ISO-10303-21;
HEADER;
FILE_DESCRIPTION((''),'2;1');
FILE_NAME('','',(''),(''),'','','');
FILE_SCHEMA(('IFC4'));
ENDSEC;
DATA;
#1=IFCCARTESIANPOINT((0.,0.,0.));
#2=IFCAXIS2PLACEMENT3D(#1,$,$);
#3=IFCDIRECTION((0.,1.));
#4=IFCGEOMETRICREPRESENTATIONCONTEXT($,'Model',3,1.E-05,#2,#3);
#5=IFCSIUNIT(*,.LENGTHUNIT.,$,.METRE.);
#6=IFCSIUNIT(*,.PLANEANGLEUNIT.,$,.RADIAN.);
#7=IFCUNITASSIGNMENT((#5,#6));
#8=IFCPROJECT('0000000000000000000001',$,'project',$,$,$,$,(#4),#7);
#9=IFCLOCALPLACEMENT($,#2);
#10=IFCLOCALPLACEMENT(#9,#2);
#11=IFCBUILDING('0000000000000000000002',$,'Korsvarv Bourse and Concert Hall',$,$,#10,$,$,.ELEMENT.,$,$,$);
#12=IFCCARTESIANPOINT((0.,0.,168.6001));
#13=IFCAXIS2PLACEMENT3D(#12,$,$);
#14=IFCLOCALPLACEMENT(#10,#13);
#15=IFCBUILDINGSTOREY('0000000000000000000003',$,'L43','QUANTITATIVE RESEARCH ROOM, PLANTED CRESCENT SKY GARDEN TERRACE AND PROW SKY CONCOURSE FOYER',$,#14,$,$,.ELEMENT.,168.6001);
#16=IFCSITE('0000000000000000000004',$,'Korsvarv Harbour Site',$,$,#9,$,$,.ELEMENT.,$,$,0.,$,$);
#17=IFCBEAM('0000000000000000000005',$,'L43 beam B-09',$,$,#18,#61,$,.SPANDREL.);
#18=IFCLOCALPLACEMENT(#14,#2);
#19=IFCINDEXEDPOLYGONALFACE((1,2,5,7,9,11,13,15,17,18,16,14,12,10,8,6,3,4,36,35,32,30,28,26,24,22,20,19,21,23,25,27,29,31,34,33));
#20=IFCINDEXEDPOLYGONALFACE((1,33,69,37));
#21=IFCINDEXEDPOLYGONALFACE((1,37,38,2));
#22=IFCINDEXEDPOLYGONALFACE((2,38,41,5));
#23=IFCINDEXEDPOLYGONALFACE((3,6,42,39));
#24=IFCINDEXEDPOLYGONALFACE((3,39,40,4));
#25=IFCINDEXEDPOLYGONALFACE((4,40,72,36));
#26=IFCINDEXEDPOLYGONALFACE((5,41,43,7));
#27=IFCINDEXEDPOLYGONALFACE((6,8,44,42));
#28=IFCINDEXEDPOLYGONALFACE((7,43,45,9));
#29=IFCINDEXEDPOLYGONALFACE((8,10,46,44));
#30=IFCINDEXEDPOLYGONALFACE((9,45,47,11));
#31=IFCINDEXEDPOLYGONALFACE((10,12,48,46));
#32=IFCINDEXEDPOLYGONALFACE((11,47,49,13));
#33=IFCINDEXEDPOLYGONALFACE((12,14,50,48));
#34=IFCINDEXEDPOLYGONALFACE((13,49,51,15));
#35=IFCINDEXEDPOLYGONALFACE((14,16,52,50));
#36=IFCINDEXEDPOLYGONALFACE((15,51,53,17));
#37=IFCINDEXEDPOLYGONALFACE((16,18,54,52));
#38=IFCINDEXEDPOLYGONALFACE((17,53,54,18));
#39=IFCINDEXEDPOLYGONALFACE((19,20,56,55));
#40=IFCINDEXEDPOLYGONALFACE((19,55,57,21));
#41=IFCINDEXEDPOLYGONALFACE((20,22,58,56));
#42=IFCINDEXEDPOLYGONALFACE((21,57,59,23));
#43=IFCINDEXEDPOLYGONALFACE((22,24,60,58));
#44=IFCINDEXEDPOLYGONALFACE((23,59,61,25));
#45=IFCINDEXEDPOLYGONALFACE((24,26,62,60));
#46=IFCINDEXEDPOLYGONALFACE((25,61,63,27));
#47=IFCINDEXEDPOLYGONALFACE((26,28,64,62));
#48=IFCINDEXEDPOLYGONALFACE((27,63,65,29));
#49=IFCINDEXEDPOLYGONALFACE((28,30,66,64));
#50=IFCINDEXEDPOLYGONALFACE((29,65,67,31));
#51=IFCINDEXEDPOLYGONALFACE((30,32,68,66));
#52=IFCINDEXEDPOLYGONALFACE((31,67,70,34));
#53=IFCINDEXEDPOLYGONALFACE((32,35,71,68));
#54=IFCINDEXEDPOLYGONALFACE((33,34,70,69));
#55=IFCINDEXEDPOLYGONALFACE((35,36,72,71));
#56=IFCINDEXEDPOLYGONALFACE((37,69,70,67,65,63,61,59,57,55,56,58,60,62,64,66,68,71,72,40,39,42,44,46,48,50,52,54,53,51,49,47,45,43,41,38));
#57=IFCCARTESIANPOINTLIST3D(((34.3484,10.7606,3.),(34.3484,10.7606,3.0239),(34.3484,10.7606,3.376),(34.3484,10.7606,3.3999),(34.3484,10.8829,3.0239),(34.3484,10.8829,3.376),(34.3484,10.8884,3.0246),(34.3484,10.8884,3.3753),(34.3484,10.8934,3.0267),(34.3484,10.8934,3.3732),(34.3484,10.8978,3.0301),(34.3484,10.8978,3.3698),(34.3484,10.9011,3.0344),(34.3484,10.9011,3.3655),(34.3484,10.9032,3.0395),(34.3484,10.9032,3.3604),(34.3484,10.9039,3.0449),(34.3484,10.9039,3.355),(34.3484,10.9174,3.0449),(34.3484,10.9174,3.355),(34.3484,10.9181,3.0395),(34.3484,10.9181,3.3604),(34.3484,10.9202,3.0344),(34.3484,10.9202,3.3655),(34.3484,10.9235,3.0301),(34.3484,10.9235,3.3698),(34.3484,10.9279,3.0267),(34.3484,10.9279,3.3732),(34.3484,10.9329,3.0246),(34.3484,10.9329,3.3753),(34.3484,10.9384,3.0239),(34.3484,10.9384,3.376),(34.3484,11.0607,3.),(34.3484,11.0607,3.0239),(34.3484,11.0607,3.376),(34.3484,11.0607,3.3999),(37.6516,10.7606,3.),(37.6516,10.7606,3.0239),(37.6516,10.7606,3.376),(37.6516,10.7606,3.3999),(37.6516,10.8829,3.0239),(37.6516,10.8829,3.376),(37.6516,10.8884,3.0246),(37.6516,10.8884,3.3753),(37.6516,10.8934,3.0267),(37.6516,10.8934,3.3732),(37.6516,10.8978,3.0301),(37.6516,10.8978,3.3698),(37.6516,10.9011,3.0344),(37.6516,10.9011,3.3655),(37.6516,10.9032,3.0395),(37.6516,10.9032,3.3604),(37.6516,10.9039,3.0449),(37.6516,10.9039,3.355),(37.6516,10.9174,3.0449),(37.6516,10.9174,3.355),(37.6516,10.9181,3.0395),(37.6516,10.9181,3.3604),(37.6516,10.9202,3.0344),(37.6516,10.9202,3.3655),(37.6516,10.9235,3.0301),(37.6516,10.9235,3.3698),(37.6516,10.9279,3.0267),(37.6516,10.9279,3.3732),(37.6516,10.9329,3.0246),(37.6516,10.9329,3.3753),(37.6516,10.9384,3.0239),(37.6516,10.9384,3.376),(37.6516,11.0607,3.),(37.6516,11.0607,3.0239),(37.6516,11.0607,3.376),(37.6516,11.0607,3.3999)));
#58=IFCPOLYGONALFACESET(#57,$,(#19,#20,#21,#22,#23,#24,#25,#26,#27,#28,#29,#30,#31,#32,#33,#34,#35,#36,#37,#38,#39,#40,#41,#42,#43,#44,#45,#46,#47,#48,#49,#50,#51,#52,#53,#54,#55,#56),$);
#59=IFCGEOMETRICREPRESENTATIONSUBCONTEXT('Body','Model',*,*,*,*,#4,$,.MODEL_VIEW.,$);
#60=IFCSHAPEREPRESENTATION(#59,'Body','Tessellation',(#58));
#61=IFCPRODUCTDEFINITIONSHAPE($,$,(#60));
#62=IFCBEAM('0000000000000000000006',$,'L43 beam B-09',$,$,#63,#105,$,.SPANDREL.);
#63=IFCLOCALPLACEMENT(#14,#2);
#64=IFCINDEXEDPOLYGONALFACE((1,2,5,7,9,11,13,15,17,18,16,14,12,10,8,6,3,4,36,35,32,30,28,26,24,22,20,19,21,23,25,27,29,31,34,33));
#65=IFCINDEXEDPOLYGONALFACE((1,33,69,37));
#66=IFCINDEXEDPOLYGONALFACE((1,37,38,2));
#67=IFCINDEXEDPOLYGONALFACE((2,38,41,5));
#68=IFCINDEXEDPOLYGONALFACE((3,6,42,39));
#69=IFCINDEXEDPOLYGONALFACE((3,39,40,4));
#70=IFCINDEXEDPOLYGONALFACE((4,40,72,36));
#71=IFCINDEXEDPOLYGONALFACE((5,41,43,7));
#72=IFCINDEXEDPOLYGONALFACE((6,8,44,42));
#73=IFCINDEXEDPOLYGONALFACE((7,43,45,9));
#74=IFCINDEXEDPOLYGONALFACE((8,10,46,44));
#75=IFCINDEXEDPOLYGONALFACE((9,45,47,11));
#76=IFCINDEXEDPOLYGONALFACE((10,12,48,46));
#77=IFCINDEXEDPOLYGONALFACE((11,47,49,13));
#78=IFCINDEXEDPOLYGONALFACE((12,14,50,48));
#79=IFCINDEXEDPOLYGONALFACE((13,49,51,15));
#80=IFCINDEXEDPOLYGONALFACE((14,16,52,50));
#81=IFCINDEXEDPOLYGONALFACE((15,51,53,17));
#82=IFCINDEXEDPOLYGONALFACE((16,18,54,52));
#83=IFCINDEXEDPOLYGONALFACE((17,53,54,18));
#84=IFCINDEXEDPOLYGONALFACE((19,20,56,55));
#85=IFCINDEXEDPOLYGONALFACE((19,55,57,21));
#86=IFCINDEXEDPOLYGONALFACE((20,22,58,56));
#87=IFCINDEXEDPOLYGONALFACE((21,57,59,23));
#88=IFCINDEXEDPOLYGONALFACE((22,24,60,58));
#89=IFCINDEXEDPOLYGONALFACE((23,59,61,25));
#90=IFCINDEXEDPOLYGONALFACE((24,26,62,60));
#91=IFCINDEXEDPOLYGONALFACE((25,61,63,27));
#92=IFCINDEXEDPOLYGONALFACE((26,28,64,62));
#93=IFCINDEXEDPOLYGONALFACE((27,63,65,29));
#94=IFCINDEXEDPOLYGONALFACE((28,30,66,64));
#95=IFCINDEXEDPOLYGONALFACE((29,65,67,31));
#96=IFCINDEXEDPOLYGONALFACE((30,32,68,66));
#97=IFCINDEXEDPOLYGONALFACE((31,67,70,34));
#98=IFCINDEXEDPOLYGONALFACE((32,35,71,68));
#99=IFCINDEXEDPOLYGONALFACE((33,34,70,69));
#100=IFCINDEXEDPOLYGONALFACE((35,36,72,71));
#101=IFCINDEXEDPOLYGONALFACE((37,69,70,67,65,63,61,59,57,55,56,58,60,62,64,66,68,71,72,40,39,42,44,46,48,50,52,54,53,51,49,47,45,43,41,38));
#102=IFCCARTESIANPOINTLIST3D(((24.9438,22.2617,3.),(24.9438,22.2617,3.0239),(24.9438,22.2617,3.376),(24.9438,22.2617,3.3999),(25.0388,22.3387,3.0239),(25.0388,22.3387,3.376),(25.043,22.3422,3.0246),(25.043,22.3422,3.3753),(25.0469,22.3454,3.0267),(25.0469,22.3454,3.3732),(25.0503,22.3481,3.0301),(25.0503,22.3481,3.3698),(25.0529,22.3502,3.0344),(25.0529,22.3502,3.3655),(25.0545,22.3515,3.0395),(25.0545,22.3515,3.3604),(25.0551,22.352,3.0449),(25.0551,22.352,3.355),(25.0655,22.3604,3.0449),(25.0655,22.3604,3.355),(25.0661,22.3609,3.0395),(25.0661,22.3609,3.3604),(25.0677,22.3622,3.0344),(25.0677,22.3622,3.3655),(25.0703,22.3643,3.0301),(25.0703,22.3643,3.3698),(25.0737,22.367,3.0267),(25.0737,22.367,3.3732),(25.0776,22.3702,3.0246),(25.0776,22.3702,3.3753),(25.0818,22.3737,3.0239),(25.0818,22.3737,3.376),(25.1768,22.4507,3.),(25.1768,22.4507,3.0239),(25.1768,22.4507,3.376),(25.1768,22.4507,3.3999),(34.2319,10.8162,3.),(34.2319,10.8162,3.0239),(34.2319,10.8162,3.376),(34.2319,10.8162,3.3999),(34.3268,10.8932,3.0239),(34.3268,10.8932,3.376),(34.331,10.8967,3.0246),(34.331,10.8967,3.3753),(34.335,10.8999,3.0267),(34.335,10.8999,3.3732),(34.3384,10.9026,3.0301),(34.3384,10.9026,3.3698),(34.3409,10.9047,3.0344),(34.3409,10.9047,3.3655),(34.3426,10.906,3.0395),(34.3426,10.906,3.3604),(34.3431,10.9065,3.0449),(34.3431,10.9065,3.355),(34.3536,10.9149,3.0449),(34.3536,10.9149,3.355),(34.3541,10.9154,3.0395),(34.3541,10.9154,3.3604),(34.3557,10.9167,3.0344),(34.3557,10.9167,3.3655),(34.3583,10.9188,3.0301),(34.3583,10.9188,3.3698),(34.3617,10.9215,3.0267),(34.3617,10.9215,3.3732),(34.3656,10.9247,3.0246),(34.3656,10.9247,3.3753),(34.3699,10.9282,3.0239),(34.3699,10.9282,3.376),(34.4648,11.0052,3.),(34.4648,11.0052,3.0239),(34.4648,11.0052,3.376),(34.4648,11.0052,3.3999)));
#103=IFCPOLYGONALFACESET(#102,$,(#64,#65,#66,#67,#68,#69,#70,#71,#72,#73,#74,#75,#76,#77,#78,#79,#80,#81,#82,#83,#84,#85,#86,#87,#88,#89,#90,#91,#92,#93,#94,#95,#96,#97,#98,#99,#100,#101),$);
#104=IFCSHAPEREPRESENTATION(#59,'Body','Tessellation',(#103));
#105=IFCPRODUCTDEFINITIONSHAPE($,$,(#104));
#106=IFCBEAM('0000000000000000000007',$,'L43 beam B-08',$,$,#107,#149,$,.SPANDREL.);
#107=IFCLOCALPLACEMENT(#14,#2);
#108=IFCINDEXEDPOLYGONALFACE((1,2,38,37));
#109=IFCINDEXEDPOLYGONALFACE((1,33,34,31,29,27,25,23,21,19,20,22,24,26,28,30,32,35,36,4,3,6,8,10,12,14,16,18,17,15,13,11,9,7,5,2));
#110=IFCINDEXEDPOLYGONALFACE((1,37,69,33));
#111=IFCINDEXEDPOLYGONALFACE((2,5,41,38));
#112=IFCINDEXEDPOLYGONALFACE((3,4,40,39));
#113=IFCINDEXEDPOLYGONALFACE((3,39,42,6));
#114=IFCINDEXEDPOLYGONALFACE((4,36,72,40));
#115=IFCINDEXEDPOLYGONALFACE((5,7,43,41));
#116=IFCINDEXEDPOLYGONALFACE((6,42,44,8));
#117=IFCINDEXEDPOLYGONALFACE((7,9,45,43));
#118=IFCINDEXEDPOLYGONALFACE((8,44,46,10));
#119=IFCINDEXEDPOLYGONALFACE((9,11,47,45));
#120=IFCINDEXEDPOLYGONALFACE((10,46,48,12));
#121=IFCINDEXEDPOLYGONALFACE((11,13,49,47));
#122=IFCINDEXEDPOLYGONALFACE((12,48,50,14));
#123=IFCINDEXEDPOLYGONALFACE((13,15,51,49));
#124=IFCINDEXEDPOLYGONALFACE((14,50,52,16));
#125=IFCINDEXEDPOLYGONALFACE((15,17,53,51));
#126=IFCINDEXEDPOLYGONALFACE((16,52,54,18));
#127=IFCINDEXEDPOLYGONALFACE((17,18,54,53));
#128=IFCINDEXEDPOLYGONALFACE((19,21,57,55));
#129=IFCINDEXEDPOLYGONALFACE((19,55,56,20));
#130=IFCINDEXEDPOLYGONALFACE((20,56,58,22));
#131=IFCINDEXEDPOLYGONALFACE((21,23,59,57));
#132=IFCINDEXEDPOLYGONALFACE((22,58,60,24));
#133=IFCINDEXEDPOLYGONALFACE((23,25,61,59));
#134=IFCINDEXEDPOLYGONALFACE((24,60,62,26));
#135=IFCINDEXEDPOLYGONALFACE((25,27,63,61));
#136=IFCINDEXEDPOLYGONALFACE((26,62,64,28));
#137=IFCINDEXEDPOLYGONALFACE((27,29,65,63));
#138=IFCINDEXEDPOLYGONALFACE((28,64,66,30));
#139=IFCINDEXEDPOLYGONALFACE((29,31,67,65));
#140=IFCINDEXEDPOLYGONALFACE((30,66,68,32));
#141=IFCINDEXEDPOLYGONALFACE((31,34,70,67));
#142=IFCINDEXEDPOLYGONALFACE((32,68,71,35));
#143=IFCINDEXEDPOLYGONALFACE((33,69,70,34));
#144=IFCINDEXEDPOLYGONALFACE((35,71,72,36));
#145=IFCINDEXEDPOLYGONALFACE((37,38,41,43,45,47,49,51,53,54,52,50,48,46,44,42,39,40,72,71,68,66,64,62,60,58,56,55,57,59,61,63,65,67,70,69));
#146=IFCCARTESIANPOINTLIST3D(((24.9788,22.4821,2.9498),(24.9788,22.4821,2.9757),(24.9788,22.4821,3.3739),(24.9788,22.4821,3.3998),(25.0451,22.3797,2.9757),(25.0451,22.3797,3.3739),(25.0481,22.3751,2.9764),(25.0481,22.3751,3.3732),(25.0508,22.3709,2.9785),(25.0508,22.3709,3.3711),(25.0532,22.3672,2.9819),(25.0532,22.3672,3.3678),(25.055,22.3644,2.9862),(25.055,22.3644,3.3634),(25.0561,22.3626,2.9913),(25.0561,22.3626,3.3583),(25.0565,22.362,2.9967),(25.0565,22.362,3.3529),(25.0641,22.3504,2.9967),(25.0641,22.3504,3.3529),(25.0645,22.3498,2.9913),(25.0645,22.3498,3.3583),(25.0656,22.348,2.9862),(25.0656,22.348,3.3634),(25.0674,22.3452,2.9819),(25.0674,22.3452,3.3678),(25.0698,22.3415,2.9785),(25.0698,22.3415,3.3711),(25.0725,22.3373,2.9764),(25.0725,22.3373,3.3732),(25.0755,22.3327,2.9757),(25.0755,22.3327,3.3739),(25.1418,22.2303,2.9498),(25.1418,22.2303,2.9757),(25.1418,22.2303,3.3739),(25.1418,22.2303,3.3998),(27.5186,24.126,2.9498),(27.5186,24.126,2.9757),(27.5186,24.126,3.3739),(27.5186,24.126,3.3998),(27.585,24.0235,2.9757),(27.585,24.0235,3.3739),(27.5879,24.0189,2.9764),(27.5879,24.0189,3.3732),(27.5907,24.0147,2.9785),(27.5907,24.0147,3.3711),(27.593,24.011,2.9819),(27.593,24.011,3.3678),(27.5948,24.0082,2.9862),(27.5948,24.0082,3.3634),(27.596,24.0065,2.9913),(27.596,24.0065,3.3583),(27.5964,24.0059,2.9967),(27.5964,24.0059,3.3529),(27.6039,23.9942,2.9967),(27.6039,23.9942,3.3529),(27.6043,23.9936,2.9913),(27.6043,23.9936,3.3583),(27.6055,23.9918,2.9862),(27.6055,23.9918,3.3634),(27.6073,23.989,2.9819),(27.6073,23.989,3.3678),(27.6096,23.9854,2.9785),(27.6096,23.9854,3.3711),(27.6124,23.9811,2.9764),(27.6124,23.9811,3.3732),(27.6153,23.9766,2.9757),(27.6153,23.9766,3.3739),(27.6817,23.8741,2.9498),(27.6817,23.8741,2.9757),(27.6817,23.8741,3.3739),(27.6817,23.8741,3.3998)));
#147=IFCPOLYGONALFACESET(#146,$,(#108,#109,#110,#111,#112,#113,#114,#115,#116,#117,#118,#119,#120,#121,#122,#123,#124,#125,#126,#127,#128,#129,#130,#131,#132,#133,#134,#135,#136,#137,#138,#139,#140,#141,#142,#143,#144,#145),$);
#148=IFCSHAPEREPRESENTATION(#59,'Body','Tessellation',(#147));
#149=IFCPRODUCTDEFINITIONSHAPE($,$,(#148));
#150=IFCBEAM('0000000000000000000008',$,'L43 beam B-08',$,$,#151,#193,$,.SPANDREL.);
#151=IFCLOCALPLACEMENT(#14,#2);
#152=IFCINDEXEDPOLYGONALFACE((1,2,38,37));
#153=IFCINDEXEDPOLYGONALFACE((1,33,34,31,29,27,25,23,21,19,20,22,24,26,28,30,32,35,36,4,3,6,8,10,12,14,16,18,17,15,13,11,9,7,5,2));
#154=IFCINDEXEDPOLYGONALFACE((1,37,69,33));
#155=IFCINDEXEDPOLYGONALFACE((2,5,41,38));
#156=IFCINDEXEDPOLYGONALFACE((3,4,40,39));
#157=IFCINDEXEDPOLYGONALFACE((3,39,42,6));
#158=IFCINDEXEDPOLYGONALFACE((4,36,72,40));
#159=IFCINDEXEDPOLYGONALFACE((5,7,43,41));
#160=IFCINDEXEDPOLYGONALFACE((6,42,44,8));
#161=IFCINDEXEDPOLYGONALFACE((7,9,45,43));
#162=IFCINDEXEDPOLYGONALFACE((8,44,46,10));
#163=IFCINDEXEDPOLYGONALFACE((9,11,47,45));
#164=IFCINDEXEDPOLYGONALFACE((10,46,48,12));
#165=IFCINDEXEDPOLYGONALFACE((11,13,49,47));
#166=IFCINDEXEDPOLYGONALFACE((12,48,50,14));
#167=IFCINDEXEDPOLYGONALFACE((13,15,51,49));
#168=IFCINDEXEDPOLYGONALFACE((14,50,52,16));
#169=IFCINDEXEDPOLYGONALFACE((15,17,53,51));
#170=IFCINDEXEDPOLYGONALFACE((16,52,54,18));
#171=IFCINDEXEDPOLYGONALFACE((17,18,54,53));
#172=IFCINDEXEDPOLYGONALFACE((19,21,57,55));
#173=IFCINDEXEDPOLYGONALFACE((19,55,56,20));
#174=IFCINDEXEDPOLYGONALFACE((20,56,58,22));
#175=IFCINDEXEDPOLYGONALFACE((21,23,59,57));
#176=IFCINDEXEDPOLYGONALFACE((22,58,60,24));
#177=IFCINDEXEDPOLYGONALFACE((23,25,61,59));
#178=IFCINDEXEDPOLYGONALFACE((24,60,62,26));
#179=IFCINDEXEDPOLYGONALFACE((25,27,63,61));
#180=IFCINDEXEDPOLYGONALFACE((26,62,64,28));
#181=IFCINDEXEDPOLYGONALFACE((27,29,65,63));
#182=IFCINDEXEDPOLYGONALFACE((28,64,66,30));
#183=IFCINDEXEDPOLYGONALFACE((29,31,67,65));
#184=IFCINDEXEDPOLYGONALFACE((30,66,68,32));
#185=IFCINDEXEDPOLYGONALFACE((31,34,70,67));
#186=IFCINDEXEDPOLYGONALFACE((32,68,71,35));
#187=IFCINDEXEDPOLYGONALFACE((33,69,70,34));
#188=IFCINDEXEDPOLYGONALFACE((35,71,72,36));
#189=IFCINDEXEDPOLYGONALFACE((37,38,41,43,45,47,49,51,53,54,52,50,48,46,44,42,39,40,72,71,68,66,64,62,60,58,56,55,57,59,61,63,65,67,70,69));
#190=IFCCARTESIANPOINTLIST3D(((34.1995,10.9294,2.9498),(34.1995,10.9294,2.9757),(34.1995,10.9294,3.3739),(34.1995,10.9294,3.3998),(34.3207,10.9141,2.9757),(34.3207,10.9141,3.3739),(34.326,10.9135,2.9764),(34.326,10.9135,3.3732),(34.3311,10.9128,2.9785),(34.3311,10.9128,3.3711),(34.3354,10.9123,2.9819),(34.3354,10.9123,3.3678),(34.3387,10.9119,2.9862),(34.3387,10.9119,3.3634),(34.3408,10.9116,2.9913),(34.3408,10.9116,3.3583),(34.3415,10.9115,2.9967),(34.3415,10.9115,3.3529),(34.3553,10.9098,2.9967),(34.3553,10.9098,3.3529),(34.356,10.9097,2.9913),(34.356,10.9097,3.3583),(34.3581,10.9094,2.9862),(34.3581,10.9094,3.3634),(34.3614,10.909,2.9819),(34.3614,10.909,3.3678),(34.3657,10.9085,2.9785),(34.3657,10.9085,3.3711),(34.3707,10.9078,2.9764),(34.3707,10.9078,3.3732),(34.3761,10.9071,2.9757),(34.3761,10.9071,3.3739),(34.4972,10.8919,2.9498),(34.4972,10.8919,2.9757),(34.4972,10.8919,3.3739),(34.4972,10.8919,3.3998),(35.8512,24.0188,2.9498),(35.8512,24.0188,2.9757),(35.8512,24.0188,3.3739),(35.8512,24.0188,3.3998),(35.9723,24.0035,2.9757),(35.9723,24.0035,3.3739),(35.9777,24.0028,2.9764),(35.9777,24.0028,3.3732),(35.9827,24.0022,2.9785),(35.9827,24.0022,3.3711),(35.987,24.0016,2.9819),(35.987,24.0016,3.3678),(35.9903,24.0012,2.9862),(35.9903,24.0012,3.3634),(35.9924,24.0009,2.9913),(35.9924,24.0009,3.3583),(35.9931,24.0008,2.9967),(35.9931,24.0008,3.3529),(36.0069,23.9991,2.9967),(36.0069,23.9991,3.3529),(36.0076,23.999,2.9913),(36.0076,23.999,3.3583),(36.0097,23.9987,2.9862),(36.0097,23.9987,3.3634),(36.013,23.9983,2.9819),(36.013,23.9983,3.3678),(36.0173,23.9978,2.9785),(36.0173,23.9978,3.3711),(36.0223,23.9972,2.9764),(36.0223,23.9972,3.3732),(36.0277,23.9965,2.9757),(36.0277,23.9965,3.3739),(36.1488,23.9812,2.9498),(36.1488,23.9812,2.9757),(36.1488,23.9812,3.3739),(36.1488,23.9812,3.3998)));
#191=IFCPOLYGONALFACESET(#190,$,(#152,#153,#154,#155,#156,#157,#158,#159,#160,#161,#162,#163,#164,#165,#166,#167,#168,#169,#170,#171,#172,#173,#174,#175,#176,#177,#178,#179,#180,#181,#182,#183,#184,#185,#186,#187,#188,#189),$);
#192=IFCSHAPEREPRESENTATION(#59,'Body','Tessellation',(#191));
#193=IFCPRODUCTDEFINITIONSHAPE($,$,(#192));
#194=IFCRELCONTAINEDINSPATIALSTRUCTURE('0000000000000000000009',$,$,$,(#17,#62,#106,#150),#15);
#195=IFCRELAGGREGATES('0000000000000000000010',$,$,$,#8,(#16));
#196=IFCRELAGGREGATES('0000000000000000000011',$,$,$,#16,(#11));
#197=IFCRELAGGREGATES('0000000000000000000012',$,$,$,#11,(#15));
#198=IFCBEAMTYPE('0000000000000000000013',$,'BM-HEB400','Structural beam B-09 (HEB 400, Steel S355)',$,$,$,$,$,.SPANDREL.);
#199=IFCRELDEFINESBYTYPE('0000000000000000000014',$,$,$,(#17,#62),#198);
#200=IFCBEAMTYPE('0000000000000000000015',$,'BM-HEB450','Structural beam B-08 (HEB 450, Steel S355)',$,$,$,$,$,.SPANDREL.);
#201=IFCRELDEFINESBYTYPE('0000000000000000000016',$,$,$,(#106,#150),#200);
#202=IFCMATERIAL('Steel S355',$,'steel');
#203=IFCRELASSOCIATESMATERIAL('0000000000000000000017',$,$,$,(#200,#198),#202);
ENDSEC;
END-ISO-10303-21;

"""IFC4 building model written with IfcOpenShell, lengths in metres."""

from ifc_helpers import new_model, si_unit, direction, frame, origin, origin_2d, place, context, subcontext, project, spatial, i_section, extrude, source, transform, mapped, material, material_profile, profile_set, type_object, element, save


model = new_model("IFC4")

# Units and contexts
model_context = context("Model", 3, precision=1e-05, world=origin(), true_north=direction((0.0, 1.0)))
body_context = subcontext(model_context, "Body", "Model", "MODEL_VIEW")
ifc_project = project(units=[si_unit("LENGTHUNIT", "METRE"), si_unit("PLANEANGLEUNIT", "RADIAN")], contexts=[model_context])

# Site, building, storey
site_placement = place(None, origin())
site = spatial("IfcSite", under=ifc_project, at=site_placement, Name="Korsvarv Harbour Site", CompositionType="ELEMENT", RefElevation=0.0)
building_placement = place(site_placement, origin())
building = spatial("IfcBuilding", under=site, at=building_placement, Name="Korsvarv Bourse and Concert Hall", CompositionType="ELEMENT")
storey_placement = place(building_placement, frame((0.0, 0.0, 168.6001)))
storey = spatial("IfcBuildingStorey", under=building, at=storey_placement, Name="L43", Description="QUANTITATIVE RESEARCH ROOM, PLANTED CRESCENT SKY GARDEN TERRACE AND PROW SKY CONCOURSE FOYER", CompositionType="ELEMENT", Elevation=168.6001)

# Shared definitions
ifc_material_1 = material(Name="Steel S355", Category="steel")

# Beams
ifc_material_profile_1 = material_profile(ifc_material_1, i_section(OverallWidth=0.3, OverallDepth=0.45, WebThickness=0.0139, FlangeThickness=0.0259, FilletRadius=0.021, at=origin_2d()), Name="HEB 450")
ifc_profile_set_1 = profile_set([ifc_material_profile_1], Name="Steel S355")
beam_type_1 = type_object("IfcBeamType", Name="BM-HEB450", Description="Structural beam B-08 (HEB 450, Steel S355)", PredefinedType="SPANDREL", material=ifc_profile_set_1)
ifc_material_profile_2 = material_profile(ifc_material_1, i_section(OverallWidth=0.3, OverallDepth=0.3999, WebThickness=0.0134, FlangeThickness=0.0239, FilletRadius=0.021, at=origin_2d()), Name="HEB 400")
ifc_profile_set_2 = profile_set([ifc_material_profile_2], Name="Steel S355")
beam_type_2 = type_object("IfcBeamType", Name="BM-HEB400", Description="Structural beam B-09 (HEB 400, Steel S355)", PredefinedType="SPANDREL", material=ifc_profile_set_2)
shared_shape_1 = source(origin(), body_context, "Body", "SweptSolid", [
    extrude(i_section(OverallWidth=0.3, OverallDepth=0.3999, WebThickness=0.0134, FlangeThickness=0.0239, FilletRadius=0.021, at=origin_2d()), origin(), (0.0, 0.0, 1.0), 3.3032),
])
beam_1_placement = place(storey_placement, frame((34.3484, 10.9106, 3.2), z_axis=(1.0, 0.0, 0.0), x_axis=(0.0, 1.0, 0.0)))
element("IfcBeam", 1, at=beam_1_placement, inside=storey, type_object=beam_type_2, Name="L43 beam B-09", PredefinedType="SPANDREL", context=body_context, shape_type="MappedRepresentation", body=[
    mapped(shared_shape_1, transform((0.0, 0.0, 0.0), scale=1.0)),
])
shared_shape_2 = source(origin(), body_context, "Body", "SweptSolid", [
    extrude(i_section(OverallWidth=0.3, OverallDepth=0.3999, WebThickness=0.0134, FlangeThickness=0.0239, FilletRadius=0.021, at=origin_2d()), origin(), (0.0, 0.0, 1.0), 14.74),
])
beam_2_placement = place(storey_placement, frame((25.0603, 22.3562, 3.2), z_axis=(0.630125, -0.776493, 0.0), x_axis=(0.776493, 0.630125, 0.0)))
element("IfcBeam", 2, at=beam_2_placement, inside=storey, type_object=beam_type_2, Name="L43 beam B-09", PredefinedType="SPANDREL", context=body_context, shape_type="MappedRepresentation", body=[
    mapped(shared_shape_2, transform((0.0, 0.0, 0.0), scale=1.0)),
])
shared_shape_3 = source(origin(), body_context, "Body", "SweptSolid", [
    extrude(i_section(OverallWidth=0.3, OverallDepth=0.45, WebThickness=0.0139, FlangeThickness=0.0259, FilletRadius=0.021, at=origin_2d()), origin(), (0.0, 0.0, 1.0), 3.0254),
])
beam_3_placement = place(storey_placement, frame((25.0603, 22.3562, 3.1748), z_axis=(0.83951, 0.543345, 0.0), x_axis=(-0.543345, 0.83951, 0.0)))
element("IfcBeam", 3, at=beam_3_placement, inside=storey, type_object=beam_type_1, Name="L43 beam B-08", PredefinedType="SPANDREL", context=body_context, shape_type="MappedRepresentation", body=[
    mapped(shared_shape_3, transform((0.0, 0.0, 0.0), scale=1.0)),
])
shared_shape_4 = source(origin(), body_context, "Body", "SweptSolid", [
    extrude(i_section(OverallWidth=0.3, OverallDepth=0.45, WebThickness=0.0139, FlangeThickness=0.0259, FilletRadius=0.021, at=origin_2d()), origin(), (0.0, 0.0, 1.0), 13.1931),
])
beam_4_placement = place(storey_placement, frame((34.3484, 10.9106, 3.1748), z_axis=(0.125187, 0.992133, 0.0), x_axis=(-0.992133, 0.125187, 0.0)))
element("IfcBeam", 4, at=beam_4_placement, inside=storey, type_object=beam_type_1, Name="L43 beam B-08", PredefinedType="SPANDREL", context=body_context, shape_type="MappedRepresentation", body=[
    mapped(shared_shape_4, transform((0.0, 0.0, 0.0), scale=1.0)),
])

save(model, "model.ifc")
